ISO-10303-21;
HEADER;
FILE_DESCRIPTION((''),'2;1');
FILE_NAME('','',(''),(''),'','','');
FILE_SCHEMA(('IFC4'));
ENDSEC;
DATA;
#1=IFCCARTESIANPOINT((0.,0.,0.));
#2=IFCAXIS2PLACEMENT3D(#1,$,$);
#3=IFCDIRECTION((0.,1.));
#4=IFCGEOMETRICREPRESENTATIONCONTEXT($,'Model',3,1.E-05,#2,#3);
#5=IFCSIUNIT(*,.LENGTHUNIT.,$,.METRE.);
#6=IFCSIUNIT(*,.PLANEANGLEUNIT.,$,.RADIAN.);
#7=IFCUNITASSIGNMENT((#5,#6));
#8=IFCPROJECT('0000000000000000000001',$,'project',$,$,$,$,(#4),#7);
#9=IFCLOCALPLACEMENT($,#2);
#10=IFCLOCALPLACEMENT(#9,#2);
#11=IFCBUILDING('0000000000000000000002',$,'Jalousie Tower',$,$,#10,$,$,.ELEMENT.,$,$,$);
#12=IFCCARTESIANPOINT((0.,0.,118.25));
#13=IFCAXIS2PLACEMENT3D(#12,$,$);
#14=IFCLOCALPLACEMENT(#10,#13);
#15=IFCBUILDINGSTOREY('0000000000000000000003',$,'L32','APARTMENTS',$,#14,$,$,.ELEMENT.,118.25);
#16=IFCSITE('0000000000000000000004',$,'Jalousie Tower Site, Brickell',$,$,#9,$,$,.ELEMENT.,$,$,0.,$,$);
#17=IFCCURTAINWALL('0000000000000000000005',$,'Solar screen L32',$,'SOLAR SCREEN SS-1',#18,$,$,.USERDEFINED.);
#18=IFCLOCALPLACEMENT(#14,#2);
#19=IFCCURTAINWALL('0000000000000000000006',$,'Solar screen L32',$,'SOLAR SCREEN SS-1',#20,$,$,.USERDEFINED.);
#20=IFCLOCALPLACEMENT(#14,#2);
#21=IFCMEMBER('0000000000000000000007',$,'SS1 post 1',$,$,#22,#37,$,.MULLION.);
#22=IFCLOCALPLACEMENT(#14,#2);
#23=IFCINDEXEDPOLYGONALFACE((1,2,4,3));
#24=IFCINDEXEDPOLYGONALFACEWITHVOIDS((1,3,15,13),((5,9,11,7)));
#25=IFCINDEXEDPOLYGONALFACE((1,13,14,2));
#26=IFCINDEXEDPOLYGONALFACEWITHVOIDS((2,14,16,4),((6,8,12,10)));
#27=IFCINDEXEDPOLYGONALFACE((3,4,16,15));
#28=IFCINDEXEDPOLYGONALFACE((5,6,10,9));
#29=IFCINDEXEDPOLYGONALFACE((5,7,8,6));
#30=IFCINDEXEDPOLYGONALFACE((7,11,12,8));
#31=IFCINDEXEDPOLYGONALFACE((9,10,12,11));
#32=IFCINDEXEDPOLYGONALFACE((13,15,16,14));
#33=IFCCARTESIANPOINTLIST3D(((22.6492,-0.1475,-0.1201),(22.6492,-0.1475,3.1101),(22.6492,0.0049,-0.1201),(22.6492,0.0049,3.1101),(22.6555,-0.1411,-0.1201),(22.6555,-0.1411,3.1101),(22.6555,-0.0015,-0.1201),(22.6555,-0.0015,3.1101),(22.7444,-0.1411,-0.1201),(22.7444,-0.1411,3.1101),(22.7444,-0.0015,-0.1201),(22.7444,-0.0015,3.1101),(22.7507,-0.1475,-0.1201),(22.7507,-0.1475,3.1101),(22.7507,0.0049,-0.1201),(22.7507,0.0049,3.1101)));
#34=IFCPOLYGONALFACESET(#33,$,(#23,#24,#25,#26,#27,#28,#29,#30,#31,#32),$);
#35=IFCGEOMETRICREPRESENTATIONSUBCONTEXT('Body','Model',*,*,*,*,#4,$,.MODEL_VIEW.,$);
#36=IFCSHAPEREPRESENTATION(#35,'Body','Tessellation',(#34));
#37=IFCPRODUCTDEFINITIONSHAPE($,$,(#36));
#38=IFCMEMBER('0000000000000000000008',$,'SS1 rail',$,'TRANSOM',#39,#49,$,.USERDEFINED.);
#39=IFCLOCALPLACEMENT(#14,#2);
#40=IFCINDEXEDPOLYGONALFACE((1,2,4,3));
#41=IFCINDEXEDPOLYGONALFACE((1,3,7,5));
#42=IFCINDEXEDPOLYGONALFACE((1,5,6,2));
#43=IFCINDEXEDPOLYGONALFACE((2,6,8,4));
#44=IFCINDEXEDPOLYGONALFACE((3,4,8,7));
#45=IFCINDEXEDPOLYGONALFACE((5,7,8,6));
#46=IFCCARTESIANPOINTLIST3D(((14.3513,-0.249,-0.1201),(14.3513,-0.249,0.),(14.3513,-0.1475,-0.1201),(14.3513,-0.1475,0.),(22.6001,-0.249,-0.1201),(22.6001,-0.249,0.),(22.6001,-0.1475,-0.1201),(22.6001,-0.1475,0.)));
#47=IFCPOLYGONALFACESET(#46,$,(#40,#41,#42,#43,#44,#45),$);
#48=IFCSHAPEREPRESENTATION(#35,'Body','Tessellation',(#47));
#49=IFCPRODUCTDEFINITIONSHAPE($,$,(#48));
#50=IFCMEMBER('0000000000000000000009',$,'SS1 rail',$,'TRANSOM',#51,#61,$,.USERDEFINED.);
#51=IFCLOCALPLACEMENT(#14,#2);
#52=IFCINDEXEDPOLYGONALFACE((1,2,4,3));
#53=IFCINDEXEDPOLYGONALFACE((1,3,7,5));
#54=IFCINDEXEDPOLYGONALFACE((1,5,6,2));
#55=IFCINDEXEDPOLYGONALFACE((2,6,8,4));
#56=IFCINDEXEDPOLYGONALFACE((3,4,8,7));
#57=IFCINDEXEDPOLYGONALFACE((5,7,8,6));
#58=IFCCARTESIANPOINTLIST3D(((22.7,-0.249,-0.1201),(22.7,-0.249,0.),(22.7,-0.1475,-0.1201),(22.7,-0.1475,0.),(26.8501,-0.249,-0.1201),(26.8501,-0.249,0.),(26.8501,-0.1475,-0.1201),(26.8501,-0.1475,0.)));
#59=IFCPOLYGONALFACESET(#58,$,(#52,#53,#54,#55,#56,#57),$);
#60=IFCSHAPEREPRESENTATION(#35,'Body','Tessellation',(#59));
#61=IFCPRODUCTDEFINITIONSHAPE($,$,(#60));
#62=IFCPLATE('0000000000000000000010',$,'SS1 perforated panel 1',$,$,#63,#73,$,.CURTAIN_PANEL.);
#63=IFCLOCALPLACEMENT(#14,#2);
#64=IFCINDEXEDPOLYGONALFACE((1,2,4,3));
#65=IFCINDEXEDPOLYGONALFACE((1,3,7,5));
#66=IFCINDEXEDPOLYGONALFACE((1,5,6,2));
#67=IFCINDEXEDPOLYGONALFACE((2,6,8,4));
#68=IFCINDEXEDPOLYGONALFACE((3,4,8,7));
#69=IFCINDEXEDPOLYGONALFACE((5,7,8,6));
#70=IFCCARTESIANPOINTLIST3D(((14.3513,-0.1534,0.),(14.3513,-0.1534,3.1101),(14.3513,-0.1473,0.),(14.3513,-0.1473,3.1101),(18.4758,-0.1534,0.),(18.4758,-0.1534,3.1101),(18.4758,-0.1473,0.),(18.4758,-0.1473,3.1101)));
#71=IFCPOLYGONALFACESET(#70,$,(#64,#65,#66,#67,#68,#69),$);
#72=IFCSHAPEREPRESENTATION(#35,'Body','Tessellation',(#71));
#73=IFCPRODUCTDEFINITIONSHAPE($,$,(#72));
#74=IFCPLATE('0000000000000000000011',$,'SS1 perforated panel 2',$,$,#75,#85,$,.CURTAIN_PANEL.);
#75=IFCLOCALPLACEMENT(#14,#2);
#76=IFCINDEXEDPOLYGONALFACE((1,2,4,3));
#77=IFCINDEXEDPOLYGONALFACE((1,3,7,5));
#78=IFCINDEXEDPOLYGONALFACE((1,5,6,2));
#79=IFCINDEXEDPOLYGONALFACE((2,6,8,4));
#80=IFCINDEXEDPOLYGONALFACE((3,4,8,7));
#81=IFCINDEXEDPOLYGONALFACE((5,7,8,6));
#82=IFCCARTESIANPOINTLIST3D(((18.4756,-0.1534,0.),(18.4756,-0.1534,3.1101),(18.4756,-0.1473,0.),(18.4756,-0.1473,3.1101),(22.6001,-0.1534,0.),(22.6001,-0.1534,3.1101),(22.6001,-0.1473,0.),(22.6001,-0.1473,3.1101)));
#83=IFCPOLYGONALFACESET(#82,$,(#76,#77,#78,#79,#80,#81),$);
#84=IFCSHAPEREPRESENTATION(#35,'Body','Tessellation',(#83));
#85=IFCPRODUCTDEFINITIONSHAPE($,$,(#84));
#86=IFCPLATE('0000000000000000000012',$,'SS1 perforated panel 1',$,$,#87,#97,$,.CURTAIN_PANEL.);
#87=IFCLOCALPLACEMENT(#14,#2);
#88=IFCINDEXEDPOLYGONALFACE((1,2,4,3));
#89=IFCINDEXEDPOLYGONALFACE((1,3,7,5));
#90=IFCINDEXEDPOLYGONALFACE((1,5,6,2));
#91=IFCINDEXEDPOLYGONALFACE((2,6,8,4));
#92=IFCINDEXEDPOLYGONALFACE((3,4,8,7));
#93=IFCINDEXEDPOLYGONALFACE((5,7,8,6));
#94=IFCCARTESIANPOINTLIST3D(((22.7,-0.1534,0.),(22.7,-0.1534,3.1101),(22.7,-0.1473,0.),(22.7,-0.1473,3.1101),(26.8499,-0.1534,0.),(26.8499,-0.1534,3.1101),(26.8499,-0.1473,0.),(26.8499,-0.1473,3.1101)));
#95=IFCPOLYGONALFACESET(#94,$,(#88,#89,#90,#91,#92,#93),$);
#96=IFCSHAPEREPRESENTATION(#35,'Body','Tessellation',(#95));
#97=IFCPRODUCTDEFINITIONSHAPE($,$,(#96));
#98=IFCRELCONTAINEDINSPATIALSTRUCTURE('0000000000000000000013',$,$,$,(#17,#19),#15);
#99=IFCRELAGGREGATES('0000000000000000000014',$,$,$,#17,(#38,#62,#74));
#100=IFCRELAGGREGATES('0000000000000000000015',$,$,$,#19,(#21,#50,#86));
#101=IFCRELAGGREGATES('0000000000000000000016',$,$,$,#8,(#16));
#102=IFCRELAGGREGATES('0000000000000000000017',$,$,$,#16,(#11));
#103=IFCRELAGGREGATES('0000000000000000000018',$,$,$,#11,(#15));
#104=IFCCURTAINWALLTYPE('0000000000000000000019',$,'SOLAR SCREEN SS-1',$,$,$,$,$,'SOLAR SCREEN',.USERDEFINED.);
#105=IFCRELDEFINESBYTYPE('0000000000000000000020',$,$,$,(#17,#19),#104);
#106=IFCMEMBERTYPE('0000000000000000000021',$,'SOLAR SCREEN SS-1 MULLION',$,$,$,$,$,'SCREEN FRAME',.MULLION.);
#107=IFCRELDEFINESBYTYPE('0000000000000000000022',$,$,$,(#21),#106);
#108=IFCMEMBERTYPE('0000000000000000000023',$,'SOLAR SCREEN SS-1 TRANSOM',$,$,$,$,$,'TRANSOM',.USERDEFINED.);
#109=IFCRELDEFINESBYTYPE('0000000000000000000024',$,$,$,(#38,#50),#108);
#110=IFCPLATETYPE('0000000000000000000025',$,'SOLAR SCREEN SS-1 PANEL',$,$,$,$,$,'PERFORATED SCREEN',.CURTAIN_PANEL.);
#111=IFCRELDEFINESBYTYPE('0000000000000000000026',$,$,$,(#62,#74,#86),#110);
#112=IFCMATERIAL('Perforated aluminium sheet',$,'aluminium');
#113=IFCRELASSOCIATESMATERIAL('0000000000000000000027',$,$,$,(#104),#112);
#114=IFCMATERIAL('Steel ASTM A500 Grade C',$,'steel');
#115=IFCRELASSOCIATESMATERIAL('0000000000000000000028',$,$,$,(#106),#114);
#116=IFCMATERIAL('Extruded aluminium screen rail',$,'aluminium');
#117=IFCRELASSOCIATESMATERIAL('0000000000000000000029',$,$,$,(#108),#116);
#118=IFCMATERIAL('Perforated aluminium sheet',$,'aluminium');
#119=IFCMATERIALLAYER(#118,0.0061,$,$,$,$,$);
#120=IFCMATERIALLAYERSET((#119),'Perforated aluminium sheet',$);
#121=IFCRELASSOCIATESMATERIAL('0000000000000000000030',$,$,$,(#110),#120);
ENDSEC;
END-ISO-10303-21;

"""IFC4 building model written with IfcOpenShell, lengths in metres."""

from ifc_helpers import new_model, si_unit, direction, frame, origin, origin_2d, place, context, subcontext, project, spatial, rectangle, hollow_rectangle, extrude, material, layer, layer_set, material_profile, profile_set, type_object, element, aggregate, save


model = new_model("IFC4")

# Units and contexts
model_context = context("Model", 3, precision=1e-05, world=origin(), true_north=direction((0.0, 1.0)))
body_context = subcontext(model_context, "Body", "Model", "MODEL_VIEW")
ifc_project = project(units=[si_unit("LENGTHUNIT", "METRE"), si_unit("PLANEANGLEUNIT", "RADIAN")], contexts=[model_context])

# Site, building, storey
site_placement = place(None, origin())
site = spatial("IfcSite", under=ifc_project, at=site_placement, Name="Jalousie Tower Site, Brickell", CompositionType="ELEMENT", RefElevation=0.0)
building_placement = place(site_placement, origin())
building = spatial("IfcBuilding", under=site, at=building_placement, Name="Jalousie Tower", CompositionType="ELEMENT")
storey_placement = place(building_placement, frame((0.0, 0.0, 118.25)))
storey = spatial("IfcBuildingStorey", under=building, at=storey_placement, Name="L32", Description="APARTMENTS", CompositionType="ELEMENT", Elevation=118.25)

# Curtain wall
ifc_material_1 = material(Name="Perforated aluminium sheet", Category="aluminium")
curtain_wall_type = type_object("IfcCurtainWallType", Name="SOLAR SCREEN SS-1", ElementType="SOLAR SCREEN", PredefinedType="USERDEFINED", material=ifc_material_1)
curtain_wall_1_placement = place(storey_placement, origin())
curtain_wall_1 = element("IfcCurtainWall", 1, at=curtain_wall_1_placement, inside=storey, type_object=curtain_wall_type, Name="Solar screen L32", ObjectType="SOLAR SCREEN SS-1", PredefinedType="USERDEFINED")
ifc_material_2 = material(Name="Steel ASTM A500 Grade C", Category="steel")
ifc_material_profile_1 = material_profile(ifc_material_2, hollow_rectangle(XDim=0.1016, YDim=0.1523, WallThickness=0.0063, at=origin_2d()), Name="HSS6X4X1/4")
ifc_profile_set_1 = profile_set([ifc_material_profile_1], Name="Steel ASTM A500 Grade C")
member_type_1 = type_object("IfcMemberType", Name="SOLAR SCREEN SS-1 MULLION", ElementType="SCREEN FRAME", PredefinedType="MULLION", material=ifc_profile_set_1)

# Curtain wall, member
curtain_wall_2_placement = place(storey_placement, origin())
curtain_wall_2 = element("IfcCurtainWall", 2, at=curtain_wall_2_placement, inside=storey, type_object=curtain_wall_type, Name="Solar screen L32", ObjectType="SOLAR SCREEN SS-1", PredefinedType="USERDEFINED")
member_1_placement = place(storey_placement, frame((22.7, -0.0713, -0.1201), z_axis=(0.0, 0.0, 1.0), x_axis=(1.0, 0.0, 0.0)))
member_1 = element("IfcMember", 3, at=member_1_placement, type_object=member_type_1, Name="SS1 post 1", PredefinedType="MULLION", context=body_context, shape_type="SweptSolid", body=[
    extrude(hollow_rectangle(XDim=0.1016, YDim=0.1523, WallThickness=0.0063, at=origin_2d()), origin(), (0.0, 0.0, 1.0), 3.2302),
])

# Members
ifc_material_3 = material(Name="Extruded aluminium screen rail", Category="aluminium")
ifc_material_profile_2 = material_profile(ifc_material_3, rectangle(XDim=0.1016, YDim=0.1201, at=origin_2d()), Name="RAIL 102x120")
ifc_profile_set_2 = profile_set([ifc_material_profile_2], Name="Extruded aluminium screen rail")
member_type_2 = type_object("IfcMemberType", Name="SOLAR SCREEN SS-1 TRANSOM", ElementType="TRANSOM", PredefinedType="USERDEFINED", material=ifc_profile_set_2)
member_2_placement = place(storey_placement, frame((14.3513, -0.1982, -0.0601), z_axis=(1.0, 0.0, 0.0), x_axis=(0.0, 1.0, 0.0)))
member_2 = element("IfcMember", 4, at=member_2_placement, type_object=member_type_2, Name="SS1 rail", ObjectType="TRANSOM", PredefinedType="USERDEFINED", context=body_context, shape_type="SweptSolid", body=[
    extrude(rectangle(XDim=0.1016, YDim=0.1201, at=origin_2d()), origin(), (0.0, 0.0, 1.0), 8.2488),
])
member_3_placement = place(storey_placement, frame((22.7, -0.1982, -0.0601), z_axis=(1.0, 0.0, 0.0), x_axis=(0.0, 1.0, 0.0)))
member_3 = element("IfcMember", 5, at=member_3_placement, type_object=member_type_2, Name="SS1 rail", ObjectType="TRANSOM", PredefinedType="USERDEFINED", context=body_context, shape_type="SweptSolid", body=[
    extrude(rectangle(XDim=0.1016, YDim=0.1201, at=origin_2d()), origin(), (0.0, 0.0, 1.0), 4.1501),
])

# Plates
ifc_material_4 = material(Name="Perforated aluminium sheet", Category="aluminium")
ifc_layer_1 = layer(ifc_material_4, 0.0061)
ifc_layer_set_1 = layer_set([ifc_layer_1], Name="Perforated aluminium sheet")
plate_type = type_object("IfcPlateType", Name="SOLAR SCREEN SS-1 PANEL", ElementType="PERFORATED SCREEN", PredefinedType="CURTAIN_PANEL", material=ifc_layer_set_1)
plate_1_placement = place(storey_placement, frame((16.4136, -0.1504, 0.0), z_axis=(0.0, 0.0, 1.0), x_axis=(1.0, 0.0, 0.0)))
plate_1 = element("IfcPlate", 6, at=plate_1_placement, type_object=plate_type, Name="SS1 perforated panel 1", PredefinedType="CURTAIN_PANEL", context=body_context, shape_type="SweptSolid", body=[
    extrude(rectangle(XDim=4.1245, YDim=0.0061, at=origin_2d()), origin(), (0.0, 0.0, 1.0), 3.1101),
])
plate_2_placement = place(storey_placement, frame((20.5378, -0.1504, 0.0), z_axis=(0.0, 0.0, 1.0), x_axis=(1.0, 0.0, 0.0)))
plate_2 = element("IfcPlate", 7, at=plate_2_placement, type_object=plate_type, Name="SS1 perforated panel 2", PredefinedType="CURTAIN_PANEL", context=body_context, shape_type="SweptSolid", body=[
    extrude(rectangle(XDim=4.1245, YDim=0.0061, at=origin_2d()), origin(), (0.0, 0.0, 1.0), 3.1101),
])
aggregate(curtain_wall_1, [member_2, plate_1, plate_2])
plate_3_placement = place(storey_placement, frame((24.7749, -0.1504, 0.0), z_axis=(0.0, 0.0, 1.0), x_axis=(1.0, 0.0, 0.0)))
plate_3 = element("IfcPlate", 8, at=plate_3_placement, type_object=plate_type, Name="SS1 perforated panel 1", PredefinedType="CURTAIN_PANEL", context=body_context, shape_type="SweptSolid", body=[
    extrude(rectangle(XDim=4.1499, YDim=0.0061, at=origin_2d()), origin(), (0.0, 0.0, 1.0), 3.1101),
])
aggregate(curtain_wall_2, [member_1, member_3, plate_3])

save(model, "model.ifc")
